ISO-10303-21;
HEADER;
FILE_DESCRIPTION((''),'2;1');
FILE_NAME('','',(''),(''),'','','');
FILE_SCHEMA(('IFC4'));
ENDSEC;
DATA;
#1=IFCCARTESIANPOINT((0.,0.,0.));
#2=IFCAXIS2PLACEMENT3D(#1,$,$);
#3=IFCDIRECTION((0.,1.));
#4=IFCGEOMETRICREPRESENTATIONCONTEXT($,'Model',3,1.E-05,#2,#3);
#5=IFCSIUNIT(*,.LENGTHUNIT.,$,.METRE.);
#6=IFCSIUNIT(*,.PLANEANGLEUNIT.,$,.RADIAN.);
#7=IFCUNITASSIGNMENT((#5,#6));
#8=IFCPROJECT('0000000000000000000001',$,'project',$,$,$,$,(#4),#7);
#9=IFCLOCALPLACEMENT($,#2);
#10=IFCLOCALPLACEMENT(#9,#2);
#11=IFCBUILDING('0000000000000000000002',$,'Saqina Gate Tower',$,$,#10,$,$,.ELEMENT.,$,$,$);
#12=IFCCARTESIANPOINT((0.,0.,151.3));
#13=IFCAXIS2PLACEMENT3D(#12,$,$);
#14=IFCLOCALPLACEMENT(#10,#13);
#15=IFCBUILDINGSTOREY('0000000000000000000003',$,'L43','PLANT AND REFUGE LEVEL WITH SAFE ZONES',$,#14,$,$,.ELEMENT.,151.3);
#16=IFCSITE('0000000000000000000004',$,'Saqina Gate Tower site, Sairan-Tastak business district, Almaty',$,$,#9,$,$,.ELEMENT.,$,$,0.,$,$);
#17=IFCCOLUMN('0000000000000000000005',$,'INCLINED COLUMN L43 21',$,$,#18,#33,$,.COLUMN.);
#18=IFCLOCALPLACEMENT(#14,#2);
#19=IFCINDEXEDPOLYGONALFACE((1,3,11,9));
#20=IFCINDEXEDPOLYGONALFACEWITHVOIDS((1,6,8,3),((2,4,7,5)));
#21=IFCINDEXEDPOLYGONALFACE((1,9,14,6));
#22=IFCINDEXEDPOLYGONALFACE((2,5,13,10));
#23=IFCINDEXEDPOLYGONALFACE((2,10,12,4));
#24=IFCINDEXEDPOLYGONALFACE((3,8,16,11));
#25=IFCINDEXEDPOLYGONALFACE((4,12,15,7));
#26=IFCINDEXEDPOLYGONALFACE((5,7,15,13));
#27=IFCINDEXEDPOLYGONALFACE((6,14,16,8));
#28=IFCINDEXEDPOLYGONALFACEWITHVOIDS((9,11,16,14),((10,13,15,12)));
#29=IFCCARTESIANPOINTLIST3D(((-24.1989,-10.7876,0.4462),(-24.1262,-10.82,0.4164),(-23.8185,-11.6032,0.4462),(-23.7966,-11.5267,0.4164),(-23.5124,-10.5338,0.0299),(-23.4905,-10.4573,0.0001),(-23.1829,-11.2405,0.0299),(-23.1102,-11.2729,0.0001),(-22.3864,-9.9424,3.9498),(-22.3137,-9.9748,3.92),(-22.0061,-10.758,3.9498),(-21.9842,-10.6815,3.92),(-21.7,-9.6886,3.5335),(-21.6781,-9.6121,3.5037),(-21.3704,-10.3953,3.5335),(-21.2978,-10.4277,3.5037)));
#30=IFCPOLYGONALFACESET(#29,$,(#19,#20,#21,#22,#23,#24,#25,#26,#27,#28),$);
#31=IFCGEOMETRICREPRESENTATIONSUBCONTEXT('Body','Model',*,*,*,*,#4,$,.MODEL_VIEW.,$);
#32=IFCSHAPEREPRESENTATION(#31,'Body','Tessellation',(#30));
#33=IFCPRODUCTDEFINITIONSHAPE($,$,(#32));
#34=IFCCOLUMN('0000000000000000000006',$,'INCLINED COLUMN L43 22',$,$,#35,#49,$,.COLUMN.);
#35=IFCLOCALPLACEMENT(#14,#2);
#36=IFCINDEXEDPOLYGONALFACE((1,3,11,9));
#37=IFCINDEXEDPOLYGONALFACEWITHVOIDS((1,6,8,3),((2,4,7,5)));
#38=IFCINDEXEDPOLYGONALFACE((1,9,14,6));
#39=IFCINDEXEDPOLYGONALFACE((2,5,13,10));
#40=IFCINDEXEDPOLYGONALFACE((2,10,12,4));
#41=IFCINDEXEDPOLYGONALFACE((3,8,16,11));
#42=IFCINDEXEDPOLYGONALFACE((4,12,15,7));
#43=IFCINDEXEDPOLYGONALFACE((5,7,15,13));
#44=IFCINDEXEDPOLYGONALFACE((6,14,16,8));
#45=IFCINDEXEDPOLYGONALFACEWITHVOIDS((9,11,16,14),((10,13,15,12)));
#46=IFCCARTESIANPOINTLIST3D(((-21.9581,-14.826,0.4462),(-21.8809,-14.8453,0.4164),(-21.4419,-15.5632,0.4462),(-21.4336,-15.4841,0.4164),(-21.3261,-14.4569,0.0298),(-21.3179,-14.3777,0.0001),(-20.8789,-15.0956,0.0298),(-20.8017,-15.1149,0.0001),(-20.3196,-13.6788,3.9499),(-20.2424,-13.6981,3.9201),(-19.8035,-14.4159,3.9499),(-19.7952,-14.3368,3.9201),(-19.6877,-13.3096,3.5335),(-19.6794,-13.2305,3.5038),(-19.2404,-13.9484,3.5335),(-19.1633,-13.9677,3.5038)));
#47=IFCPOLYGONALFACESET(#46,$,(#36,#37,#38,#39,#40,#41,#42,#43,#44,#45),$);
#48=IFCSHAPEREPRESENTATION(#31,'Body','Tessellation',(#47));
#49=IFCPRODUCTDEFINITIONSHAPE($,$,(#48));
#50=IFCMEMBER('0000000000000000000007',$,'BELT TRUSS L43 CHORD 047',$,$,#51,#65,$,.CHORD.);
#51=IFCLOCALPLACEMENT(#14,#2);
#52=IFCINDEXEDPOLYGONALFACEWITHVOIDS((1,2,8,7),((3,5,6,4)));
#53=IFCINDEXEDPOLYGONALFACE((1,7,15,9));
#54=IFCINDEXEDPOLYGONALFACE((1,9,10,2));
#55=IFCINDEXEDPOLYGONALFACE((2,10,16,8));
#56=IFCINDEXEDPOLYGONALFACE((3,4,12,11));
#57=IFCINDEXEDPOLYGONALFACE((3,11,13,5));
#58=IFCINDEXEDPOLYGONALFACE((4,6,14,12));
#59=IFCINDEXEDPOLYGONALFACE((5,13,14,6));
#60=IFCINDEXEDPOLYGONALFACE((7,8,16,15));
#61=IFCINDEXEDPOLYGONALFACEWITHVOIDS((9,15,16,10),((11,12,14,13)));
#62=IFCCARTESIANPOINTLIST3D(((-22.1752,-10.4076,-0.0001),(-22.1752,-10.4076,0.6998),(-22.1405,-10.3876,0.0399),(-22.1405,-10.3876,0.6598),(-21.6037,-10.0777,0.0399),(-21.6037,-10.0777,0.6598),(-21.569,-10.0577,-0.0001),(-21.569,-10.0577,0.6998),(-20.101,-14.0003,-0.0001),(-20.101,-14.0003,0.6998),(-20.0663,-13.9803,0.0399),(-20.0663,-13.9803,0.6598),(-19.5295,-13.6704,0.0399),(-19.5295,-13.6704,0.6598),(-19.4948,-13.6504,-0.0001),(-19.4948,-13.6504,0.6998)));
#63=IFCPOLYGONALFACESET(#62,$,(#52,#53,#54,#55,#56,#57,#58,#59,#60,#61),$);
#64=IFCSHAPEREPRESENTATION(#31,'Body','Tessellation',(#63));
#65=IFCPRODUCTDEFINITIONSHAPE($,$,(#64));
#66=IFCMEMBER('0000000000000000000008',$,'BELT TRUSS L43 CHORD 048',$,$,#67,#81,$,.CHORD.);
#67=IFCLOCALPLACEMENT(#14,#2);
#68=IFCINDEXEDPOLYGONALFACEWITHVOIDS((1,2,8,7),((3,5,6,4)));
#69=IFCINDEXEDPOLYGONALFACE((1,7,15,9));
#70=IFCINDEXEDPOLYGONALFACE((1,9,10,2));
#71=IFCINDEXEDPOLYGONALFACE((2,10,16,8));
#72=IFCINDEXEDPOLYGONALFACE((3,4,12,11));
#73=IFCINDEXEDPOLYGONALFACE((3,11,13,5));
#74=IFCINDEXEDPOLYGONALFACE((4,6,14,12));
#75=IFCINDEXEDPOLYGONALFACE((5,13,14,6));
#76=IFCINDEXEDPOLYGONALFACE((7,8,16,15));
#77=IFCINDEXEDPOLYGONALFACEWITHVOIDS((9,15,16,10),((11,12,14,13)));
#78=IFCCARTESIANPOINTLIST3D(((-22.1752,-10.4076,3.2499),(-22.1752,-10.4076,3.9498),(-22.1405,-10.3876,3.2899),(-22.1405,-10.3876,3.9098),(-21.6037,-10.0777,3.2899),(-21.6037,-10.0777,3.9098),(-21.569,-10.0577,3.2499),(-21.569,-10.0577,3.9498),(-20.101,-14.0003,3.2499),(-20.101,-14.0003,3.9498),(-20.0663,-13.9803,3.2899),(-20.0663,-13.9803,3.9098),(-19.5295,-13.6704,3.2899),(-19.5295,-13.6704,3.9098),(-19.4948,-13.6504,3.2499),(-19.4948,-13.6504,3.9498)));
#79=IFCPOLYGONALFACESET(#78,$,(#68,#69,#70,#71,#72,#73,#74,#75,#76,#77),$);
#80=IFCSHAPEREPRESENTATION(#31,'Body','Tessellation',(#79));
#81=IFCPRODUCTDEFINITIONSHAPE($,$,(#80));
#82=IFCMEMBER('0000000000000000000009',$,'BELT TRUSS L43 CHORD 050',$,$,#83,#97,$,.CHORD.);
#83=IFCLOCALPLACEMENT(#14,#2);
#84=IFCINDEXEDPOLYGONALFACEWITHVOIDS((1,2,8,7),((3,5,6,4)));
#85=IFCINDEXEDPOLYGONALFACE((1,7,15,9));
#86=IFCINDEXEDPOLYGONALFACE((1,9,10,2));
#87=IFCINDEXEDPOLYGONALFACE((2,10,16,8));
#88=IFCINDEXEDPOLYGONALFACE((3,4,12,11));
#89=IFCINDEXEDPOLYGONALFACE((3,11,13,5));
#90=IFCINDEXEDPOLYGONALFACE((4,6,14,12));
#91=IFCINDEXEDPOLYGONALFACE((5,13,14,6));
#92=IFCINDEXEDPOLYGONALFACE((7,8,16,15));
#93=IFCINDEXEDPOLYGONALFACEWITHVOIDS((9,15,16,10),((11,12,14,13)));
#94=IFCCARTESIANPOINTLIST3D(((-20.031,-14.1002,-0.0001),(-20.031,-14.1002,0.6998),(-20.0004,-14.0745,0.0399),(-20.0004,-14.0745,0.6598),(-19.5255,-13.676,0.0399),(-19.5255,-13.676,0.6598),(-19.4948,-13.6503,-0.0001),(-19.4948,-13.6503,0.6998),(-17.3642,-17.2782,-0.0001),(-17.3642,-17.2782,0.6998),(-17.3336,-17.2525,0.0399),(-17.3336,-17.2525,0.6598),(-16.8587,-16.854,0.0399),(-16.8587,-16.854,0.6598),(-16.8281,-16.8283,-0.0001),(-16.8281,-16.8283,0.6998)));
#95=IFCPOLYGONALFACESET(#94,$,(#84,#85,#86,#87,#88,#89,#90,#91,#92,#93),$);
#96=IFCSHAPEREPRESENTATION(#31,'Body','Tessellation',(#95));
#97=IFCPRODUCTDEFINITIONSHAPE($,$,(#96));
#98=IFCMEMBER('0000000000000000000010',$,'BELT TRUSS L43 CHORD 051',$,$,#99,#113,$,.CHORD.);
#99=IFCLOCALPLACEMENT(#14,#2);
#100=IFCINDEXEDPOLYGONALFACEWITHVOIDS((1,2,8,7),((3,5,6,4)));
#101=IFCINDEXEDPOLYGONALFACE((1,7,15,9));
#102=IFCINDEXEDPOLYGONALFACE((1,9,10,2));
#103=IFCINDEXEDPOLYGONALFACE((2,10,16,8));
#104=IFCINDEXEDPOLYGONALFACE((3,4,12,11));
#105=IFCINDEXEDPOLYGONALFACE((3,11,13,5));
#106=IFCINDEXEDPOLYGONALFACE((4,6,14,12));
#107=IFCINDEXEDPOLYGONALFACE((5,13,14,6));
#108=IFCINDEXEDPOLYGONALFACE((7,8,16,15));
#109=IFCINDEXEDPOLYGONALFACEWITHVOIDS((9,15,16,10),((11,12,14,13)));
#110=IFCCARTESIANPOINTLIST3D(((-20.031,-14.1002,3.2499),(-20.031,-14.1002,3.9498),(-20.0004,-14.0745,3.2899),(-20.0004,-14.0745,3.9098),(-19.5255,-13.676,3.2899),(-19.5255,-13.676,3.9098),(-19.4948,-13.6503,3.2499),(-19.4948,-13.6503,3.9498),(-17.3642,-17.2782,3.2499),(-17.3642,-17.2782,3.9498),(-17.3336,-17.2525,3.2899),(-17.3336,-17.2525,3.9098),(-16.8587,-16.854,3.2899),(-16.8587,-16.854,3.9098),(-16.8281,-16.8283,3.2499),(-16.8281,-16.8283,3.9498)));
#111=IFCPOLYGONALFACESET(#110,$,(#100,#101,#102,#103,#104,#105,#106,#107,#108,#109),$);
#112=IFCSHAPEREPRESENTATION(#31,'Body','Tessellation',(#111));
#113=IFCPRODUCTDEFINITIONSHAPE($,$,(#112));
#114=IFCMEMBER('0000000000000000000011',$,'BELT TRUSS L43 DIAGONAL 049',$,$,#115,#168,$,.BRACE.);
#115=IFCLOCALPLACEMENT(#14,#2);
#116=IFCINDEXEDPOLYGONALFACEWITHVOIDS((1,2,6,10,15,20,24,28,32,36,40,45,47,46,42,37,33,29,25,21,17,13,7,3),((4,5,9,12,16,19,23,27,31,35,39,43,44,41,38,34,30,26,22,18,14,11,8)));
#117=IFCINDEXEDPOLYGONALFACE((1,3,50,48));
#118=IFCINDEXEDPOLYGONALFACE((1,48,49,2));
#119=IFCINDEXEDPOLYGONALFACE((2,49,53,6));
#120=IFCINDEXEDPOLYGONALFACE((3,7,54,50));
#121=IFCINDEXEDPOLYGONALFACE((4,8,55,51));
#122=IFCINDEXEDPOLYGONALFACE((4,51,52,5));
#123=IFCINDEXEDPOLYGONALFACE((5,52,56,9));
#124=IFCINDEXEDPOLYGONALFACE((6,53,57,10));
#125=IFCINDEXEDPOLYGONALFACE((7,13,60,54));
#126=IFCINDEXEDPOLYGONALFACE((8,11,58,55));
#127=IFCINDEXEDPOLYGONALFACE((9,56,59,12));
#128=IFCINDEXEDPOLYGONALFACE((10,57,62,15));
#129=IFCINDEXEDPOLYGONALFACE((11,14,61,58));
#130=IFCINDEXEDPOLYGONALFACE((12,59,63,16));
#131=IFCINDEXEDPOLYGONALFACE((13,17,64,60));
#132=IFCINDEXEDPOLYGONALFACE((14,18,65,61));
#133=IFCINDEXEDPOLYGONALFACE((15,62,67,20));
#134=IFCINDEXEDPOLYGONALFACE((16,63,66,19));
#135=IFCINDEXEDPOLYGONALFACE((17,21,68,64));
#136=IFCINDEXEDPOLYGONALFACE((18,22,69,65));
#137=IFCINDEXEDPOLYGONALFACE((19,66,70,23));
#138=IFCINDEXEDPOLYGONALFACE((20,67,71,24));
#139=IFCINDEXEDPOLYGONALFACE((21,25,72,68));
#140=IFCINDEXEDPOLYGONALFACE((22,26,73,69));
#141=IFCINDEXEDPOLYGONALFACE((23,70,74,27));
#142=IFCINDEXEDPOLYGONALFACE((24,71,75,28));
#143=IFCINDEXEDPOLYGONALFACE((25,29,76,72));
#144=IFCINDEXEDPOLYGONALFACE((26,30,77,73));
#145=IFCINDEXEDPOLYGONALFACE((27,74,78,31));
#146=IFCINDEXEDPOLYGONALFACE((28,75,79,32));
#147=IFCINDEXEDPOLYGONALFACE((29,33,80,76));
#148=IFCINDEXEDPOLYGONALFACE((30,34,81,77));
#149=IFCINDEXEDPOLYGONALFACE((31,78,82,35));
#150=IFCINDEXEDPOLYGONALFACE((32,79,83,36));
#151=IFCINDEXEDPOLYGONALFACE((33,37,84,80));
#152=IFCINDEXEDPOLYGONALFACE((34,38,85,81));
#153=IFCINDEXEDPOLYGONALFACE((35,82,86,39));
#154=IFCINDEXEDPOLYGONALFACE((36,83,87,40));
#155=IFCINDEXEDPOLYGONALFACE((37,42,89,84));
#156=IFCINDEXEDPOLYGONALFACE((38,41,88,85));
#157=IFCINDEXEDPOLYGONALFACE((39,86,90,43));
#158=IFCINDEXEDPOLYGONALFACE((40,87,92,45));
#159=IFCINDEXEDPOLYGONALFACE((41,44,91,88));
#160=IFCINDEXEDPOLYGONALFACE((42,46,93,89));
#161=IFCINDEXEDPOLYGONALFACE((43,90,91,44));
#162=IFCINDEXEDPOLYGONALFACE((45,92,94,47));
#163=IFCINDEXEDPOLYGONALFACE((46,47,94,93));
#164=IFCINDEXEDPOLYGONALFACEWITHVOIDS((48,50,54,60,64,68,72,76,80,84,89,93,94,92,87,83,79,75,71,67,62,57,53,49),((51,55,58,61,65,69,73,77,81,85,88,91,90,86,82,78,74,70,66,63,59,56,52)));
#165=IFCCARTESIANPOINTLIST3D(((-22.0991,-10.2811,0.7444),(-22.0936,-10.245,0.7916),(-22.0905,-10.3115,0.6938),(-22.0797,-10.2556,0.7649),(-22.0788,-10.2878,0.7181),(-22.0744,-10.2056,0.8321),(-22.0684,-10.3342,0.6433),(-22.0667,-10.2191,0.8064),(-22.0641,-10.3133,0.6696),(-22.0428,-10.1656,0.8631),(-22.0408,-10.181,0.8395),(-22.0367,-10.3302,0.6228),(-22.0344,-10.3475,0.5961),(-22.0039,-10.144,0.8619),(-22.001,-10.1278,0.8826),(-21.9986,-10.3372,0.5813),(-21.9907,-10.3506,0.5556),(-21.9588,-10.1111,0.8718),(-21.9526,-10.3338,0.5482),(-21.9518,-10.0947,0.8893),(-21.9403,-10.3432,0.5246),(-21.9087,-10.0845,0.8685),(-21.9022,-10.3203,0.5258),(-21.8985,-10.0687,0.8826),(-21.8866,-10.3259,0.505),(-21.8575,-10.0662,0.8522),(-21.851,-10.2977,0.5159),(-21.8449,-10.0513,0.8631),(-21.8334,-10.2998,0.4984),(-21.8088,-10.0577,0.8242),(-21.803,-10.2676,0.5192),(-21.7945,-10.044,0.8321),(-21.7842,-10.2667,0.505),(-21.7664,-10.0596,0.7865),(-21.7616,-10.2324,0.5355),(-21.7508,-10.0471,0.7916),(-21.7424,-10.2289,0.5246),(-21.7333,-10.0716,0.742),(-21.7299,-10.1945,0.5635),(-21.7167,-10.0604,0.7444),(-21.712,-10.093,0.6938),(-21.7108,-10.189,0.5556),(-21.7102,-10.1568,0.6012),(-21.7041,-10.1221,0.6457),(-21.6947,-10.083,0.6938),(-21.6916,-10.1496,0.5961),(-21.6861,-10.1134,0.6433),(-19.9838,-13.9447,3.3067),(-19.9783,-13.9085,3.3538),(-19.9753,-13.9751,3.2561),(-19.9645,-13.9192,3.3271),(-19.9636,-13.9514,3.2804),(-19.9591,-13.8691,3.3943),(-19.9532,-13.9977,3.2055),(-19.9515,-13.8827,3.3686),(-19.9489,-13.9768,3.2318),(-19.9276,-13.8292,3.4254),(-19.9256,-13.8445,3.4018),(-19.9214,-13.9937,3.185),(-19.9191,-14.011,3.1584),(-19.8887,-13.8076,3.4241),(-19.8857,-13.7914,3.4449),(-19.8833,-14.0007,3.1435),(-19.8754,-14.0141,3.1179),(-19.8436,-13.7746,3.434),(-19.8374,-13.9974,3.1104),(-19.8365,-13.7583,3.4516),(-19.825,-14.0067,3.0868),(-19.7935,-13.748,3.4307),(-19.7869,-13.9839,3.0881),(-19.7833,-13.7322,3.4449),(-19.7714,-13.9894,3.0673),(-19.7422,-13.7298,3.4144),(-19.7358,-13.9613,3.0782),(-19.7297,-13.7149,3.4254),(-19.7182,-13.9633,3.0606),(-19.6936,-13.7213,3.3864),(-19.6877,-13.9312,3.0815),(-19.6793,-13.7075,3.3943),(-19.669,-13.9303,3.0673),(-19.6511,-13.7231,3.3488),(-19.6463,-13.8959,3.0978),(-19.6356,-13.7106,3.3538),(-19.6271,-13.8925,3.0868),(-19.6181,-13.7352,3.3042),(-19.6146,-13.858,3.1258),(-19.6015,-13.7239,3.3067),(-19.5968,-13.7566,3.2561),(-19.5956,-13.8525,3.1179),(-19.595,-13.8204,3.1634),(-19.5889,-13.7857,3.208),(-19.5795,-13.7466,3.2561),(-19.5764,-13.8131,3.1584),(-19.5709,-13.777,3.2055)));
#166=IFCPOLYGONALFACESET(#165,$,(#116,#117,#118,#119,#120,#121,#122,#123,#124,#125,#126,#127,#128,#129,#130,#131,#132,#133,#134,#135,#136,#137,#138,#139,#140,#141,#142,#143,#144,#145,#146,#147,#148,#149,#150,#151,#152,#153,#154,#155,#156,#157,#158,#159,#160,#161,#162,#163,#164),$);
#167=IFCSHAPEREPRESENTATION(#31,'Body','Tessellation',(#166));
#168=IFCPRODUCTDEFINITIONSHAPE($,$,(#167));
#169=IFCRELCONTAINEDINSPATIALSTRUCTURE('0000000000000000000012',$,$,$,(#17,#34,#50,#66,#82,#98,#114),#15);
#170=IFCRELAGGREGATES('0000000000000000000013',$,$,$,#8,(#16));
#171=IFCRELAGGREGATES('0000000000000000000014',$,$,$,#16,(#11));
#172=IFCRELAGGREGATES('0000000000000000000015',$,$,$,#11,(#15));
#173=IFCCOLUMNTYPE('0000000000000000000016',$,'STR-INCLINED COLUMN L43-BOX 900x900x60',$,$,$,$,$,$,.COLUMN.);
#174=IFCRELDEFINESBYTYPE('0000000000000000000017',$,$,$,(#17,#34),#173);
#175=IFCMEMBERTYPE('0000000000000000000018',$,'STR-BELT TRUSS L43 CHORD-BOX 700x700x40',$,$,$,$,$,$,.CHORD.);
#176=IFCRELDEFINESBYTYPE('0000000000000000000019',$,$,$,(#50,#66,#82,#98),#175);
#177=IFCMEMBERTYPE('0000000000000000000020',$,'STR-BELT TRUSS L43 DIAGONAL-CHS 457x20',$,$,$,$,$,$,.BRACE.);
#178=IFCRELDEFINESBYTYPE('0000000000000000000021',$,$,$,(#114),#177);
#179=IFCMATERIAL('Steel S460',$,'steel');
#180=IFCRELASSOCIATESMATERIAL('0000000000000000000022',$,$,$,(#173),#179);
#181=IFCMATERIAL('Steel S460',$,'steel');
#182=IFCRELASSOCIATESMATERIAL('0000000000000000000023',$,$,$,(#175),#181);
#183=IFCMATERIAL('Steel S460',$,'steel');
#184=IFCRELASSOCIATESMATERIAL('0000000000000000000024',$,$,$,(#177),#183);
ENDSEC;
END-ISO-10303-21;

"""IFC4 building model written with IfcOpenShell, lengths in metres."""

from ifc_helpers import new_model, si_unit, direction, frame, origin, origin_2d, place, context, subcontext, project, spatial, hollow_rectangle, hollow_circle, extrude, material, material_profile, profile_set, type_object, element, save


model = new_model("IFC4")

# Units and contexts
model_context = context("Model", 3, precision=1e-05, world=origin(), true_north=direction((0.0, 1.0)))
body_context = subcontext(model_context, "Body", "Model", "MODEL_VIEW")
ifc_project = project(units=[si_unit("LENGTHUNIT", "METRE"), si_unit("PLANEANGLEUNIT", "RADIAN")], contexts=[model_context])

# Site, building, storey
site_placement = place(None, origin())
site = spatial("IfcSite", under=ifc_project, at=site_placement, Name="Saqina Gate Tower site, Sairan-Tastak business district, Almaty", CompositionType="ELEMENT", RefElevation=0.0)
building_placement = place(site_placement, origin())
building = spatial("IfcBuilding", under=site, at=building_placement, Name="Saqina Gate Tower", CompositionType="ELEMENT")
storey_placement = place(building_placement, frame((0.0, 0.0, 151.3)))
storey = spatial("IfcBuildingStorey", under=building, at=storey_placement, Name="L43", Description="PLANT AND REFUGE LEVEL WITH SAFE ZONES", CompositionType="ELEMENT", Elevation=151.3)

# Columns
ifc_material_1 = material(Name="Steel S460", Category="steel")
ifc_material_profile_1 = material_profile(ifc_material_1, hollow_rectangle(XDim=0.8999, YDim=0.8999, WallThickness=0.0601, at=origin_2d()), Name="BOX 900x900x60")
ifc_profile_set_1 = profile_set([ifc_material_profile_1], Name="Steel S460")
column_type = type_object("IfcColumnType", Name="STR-INCLINED COLUMN L43-BOX 900x900x60", PredefinedType="COLUMN", material=ifc_profile_set_1)
column_1_placement = place(storey_placement, frame((-23.6545, -11.0303, 0.2231), z_axis=(0.449278, 0.20951, 0.868479), x_axis=(-0.422631, 0.906302, 0.0)))
element("IfcColumn", 1, at=column_1_placement, inside=storey, type_object=column_type, Name="INCLINED COLUMN L43 21", PredefinedType="COLUMN", context=body_context, shape_type="SweptSolid", body=[
    extrude(hollow_rectangle(XDim=0.8999, YDim=0.8999, WallThickness=0.0601, at=origin_2d()), origin(), (0.0, 0.0, 1.0), 4.0342),
])
column_2_placement = place(storey_placement, frame((-21.3799, -14.9705, 0.2231), z_axis=(0.406117, 0.28436, 0.868452), x_axis=(-0.573569, 0.819157, 0.0)))
element("IfcColumn", 2, at=column_2_placement, inside=storey, type_object=column_type, Name="INCLINED COLUMN L43 22", PredefinedType="COLUMN", context=body_context, shape_type="SweptSolid", body=[
    extrude(hollow_rectangle(XDim=0.8999, YDim=0.8999, WallThickness=0.0601, at=origin_2d()), origin(), (0.0, 0.0, 1.0), 4.0344),
])

# Members
ifc_material_2 = material(Name="Steel S460", Category="steel")
ifc_material_profile_2 = material_profile(ifc_material_2, hollow_rectangle(XDim=0.7, YDim=0.7, WallThickness=0.04, at=origin_2d()), Name="BOX 700x700x40")
ifc_profile_set_2 = profile_set([ifc_material_profile_2], Name="Steel S460")
member_type_1 = type_object("IfcMemberType", Name="STR-BELT TRUSS L43 CHORD-BOX 700x700x40", PredefinedType="CHORD", material=ifc_profile_set_2)
for number, where, z_axis, x_axis, name in (
    (3, (-21.8721, -10.2327, 0.3499), (0.499987, -0.866033, 0.0), (0.866033, 0.499987, 0.0), "BELT TRUSS L43 CHORD 047"),
    (4, (-21.8721, -10.2327, 3.5999), (0.499987, -0.866033, 0.0), (0.866033, 0.499987, 0.0), "BELT TRUSS L43 CHORD 048"),
):
    element("IfcMember", number, at=place(storey_placement, frame(where, z_axis=z_axis, x_axis=x_axis)), inside=storey, type_object=member_type_1, Name=name, PredefinedType="CHORD", context=body_context, shape_type="SweptSolid", body=[
        extrude(hollow_rectangle(XDim=0.7, YDim=0.7, WallThickness=0.04, at=origin_2d()), origin(), (0.0, 0.0, 1.0), 4.1484),
    ])
for number, where, z_axis, x_axis, name in (
    (5, (-19.7629, -13.8752, 0.3499), (0.642803, -0.766032, 0.0), (0.766032, 0.642803, 0.0), "BELT TRUSS L43 CHORD 050"),
    (6, (-19.7629, -13.8752, 3.5999), (0.642803, -0.766032, 0.0), (0.766032, 0.642803, 0.0), "BELT TRUSS L43 CHORD 051"),
):
    element("IfcMember", number, at=place(storey_placement, frame(where, z_axis=z_axis, x_axis=x_axis)), inside=storey, type_object=member_type_1, Name=name, PredefinedType="CHORD", context=body_context, shape_type="SweptSolid", body=[
        extrude(hollow_rectangle(XDim=0.7, YDim=0.7, WallThickness=0.04, at=origin_2d()), origin(), (0.0, 0.0, 1.0), 4.1487),
    ])
ifc_material_3 = material(Name="Steel S460", Category="steel")
ifc_material_profile_3 = material_profile(ifc_material_3, hollow_circle(Radius=0.2285, WallThickness=0.02, at=origin_2d()), Name="CHS 457x20")
ifc_profile_set_3 = profile_set([ifc_material_profile_3], Name="Steel S460")
member_type_2 = type_object("IfcMemberType", Name="STR-BELT TRUSS L43 DIAGONAL-CHS 457x20", PredefinedType="BRACE", material=ifc_profile_set_3)
member_1_placement = place(storey_placement, frame((-21.8926, -10.1973, 0.6938), z_axis=(0.427681, -0.740741, 0.518065), x_axis=(0.866018, 0.500012, 0.0)))
element("IfcMember", 7, at=member_1_placement, inside=storey, type_object=member_type_2, Name="BELT TRUSS L43 DIAGONAL 049", PredefinedType="BRACE", context=body_context, shape_type="SweptSolid", body=[
    extrude(hollow_circle(Radius=0.2285, WallThickness=0.02, at=origin_2d()), origin(), (0.0, 0.0, 1.0), 4.9458),
])

save(model, "model.ifc")
